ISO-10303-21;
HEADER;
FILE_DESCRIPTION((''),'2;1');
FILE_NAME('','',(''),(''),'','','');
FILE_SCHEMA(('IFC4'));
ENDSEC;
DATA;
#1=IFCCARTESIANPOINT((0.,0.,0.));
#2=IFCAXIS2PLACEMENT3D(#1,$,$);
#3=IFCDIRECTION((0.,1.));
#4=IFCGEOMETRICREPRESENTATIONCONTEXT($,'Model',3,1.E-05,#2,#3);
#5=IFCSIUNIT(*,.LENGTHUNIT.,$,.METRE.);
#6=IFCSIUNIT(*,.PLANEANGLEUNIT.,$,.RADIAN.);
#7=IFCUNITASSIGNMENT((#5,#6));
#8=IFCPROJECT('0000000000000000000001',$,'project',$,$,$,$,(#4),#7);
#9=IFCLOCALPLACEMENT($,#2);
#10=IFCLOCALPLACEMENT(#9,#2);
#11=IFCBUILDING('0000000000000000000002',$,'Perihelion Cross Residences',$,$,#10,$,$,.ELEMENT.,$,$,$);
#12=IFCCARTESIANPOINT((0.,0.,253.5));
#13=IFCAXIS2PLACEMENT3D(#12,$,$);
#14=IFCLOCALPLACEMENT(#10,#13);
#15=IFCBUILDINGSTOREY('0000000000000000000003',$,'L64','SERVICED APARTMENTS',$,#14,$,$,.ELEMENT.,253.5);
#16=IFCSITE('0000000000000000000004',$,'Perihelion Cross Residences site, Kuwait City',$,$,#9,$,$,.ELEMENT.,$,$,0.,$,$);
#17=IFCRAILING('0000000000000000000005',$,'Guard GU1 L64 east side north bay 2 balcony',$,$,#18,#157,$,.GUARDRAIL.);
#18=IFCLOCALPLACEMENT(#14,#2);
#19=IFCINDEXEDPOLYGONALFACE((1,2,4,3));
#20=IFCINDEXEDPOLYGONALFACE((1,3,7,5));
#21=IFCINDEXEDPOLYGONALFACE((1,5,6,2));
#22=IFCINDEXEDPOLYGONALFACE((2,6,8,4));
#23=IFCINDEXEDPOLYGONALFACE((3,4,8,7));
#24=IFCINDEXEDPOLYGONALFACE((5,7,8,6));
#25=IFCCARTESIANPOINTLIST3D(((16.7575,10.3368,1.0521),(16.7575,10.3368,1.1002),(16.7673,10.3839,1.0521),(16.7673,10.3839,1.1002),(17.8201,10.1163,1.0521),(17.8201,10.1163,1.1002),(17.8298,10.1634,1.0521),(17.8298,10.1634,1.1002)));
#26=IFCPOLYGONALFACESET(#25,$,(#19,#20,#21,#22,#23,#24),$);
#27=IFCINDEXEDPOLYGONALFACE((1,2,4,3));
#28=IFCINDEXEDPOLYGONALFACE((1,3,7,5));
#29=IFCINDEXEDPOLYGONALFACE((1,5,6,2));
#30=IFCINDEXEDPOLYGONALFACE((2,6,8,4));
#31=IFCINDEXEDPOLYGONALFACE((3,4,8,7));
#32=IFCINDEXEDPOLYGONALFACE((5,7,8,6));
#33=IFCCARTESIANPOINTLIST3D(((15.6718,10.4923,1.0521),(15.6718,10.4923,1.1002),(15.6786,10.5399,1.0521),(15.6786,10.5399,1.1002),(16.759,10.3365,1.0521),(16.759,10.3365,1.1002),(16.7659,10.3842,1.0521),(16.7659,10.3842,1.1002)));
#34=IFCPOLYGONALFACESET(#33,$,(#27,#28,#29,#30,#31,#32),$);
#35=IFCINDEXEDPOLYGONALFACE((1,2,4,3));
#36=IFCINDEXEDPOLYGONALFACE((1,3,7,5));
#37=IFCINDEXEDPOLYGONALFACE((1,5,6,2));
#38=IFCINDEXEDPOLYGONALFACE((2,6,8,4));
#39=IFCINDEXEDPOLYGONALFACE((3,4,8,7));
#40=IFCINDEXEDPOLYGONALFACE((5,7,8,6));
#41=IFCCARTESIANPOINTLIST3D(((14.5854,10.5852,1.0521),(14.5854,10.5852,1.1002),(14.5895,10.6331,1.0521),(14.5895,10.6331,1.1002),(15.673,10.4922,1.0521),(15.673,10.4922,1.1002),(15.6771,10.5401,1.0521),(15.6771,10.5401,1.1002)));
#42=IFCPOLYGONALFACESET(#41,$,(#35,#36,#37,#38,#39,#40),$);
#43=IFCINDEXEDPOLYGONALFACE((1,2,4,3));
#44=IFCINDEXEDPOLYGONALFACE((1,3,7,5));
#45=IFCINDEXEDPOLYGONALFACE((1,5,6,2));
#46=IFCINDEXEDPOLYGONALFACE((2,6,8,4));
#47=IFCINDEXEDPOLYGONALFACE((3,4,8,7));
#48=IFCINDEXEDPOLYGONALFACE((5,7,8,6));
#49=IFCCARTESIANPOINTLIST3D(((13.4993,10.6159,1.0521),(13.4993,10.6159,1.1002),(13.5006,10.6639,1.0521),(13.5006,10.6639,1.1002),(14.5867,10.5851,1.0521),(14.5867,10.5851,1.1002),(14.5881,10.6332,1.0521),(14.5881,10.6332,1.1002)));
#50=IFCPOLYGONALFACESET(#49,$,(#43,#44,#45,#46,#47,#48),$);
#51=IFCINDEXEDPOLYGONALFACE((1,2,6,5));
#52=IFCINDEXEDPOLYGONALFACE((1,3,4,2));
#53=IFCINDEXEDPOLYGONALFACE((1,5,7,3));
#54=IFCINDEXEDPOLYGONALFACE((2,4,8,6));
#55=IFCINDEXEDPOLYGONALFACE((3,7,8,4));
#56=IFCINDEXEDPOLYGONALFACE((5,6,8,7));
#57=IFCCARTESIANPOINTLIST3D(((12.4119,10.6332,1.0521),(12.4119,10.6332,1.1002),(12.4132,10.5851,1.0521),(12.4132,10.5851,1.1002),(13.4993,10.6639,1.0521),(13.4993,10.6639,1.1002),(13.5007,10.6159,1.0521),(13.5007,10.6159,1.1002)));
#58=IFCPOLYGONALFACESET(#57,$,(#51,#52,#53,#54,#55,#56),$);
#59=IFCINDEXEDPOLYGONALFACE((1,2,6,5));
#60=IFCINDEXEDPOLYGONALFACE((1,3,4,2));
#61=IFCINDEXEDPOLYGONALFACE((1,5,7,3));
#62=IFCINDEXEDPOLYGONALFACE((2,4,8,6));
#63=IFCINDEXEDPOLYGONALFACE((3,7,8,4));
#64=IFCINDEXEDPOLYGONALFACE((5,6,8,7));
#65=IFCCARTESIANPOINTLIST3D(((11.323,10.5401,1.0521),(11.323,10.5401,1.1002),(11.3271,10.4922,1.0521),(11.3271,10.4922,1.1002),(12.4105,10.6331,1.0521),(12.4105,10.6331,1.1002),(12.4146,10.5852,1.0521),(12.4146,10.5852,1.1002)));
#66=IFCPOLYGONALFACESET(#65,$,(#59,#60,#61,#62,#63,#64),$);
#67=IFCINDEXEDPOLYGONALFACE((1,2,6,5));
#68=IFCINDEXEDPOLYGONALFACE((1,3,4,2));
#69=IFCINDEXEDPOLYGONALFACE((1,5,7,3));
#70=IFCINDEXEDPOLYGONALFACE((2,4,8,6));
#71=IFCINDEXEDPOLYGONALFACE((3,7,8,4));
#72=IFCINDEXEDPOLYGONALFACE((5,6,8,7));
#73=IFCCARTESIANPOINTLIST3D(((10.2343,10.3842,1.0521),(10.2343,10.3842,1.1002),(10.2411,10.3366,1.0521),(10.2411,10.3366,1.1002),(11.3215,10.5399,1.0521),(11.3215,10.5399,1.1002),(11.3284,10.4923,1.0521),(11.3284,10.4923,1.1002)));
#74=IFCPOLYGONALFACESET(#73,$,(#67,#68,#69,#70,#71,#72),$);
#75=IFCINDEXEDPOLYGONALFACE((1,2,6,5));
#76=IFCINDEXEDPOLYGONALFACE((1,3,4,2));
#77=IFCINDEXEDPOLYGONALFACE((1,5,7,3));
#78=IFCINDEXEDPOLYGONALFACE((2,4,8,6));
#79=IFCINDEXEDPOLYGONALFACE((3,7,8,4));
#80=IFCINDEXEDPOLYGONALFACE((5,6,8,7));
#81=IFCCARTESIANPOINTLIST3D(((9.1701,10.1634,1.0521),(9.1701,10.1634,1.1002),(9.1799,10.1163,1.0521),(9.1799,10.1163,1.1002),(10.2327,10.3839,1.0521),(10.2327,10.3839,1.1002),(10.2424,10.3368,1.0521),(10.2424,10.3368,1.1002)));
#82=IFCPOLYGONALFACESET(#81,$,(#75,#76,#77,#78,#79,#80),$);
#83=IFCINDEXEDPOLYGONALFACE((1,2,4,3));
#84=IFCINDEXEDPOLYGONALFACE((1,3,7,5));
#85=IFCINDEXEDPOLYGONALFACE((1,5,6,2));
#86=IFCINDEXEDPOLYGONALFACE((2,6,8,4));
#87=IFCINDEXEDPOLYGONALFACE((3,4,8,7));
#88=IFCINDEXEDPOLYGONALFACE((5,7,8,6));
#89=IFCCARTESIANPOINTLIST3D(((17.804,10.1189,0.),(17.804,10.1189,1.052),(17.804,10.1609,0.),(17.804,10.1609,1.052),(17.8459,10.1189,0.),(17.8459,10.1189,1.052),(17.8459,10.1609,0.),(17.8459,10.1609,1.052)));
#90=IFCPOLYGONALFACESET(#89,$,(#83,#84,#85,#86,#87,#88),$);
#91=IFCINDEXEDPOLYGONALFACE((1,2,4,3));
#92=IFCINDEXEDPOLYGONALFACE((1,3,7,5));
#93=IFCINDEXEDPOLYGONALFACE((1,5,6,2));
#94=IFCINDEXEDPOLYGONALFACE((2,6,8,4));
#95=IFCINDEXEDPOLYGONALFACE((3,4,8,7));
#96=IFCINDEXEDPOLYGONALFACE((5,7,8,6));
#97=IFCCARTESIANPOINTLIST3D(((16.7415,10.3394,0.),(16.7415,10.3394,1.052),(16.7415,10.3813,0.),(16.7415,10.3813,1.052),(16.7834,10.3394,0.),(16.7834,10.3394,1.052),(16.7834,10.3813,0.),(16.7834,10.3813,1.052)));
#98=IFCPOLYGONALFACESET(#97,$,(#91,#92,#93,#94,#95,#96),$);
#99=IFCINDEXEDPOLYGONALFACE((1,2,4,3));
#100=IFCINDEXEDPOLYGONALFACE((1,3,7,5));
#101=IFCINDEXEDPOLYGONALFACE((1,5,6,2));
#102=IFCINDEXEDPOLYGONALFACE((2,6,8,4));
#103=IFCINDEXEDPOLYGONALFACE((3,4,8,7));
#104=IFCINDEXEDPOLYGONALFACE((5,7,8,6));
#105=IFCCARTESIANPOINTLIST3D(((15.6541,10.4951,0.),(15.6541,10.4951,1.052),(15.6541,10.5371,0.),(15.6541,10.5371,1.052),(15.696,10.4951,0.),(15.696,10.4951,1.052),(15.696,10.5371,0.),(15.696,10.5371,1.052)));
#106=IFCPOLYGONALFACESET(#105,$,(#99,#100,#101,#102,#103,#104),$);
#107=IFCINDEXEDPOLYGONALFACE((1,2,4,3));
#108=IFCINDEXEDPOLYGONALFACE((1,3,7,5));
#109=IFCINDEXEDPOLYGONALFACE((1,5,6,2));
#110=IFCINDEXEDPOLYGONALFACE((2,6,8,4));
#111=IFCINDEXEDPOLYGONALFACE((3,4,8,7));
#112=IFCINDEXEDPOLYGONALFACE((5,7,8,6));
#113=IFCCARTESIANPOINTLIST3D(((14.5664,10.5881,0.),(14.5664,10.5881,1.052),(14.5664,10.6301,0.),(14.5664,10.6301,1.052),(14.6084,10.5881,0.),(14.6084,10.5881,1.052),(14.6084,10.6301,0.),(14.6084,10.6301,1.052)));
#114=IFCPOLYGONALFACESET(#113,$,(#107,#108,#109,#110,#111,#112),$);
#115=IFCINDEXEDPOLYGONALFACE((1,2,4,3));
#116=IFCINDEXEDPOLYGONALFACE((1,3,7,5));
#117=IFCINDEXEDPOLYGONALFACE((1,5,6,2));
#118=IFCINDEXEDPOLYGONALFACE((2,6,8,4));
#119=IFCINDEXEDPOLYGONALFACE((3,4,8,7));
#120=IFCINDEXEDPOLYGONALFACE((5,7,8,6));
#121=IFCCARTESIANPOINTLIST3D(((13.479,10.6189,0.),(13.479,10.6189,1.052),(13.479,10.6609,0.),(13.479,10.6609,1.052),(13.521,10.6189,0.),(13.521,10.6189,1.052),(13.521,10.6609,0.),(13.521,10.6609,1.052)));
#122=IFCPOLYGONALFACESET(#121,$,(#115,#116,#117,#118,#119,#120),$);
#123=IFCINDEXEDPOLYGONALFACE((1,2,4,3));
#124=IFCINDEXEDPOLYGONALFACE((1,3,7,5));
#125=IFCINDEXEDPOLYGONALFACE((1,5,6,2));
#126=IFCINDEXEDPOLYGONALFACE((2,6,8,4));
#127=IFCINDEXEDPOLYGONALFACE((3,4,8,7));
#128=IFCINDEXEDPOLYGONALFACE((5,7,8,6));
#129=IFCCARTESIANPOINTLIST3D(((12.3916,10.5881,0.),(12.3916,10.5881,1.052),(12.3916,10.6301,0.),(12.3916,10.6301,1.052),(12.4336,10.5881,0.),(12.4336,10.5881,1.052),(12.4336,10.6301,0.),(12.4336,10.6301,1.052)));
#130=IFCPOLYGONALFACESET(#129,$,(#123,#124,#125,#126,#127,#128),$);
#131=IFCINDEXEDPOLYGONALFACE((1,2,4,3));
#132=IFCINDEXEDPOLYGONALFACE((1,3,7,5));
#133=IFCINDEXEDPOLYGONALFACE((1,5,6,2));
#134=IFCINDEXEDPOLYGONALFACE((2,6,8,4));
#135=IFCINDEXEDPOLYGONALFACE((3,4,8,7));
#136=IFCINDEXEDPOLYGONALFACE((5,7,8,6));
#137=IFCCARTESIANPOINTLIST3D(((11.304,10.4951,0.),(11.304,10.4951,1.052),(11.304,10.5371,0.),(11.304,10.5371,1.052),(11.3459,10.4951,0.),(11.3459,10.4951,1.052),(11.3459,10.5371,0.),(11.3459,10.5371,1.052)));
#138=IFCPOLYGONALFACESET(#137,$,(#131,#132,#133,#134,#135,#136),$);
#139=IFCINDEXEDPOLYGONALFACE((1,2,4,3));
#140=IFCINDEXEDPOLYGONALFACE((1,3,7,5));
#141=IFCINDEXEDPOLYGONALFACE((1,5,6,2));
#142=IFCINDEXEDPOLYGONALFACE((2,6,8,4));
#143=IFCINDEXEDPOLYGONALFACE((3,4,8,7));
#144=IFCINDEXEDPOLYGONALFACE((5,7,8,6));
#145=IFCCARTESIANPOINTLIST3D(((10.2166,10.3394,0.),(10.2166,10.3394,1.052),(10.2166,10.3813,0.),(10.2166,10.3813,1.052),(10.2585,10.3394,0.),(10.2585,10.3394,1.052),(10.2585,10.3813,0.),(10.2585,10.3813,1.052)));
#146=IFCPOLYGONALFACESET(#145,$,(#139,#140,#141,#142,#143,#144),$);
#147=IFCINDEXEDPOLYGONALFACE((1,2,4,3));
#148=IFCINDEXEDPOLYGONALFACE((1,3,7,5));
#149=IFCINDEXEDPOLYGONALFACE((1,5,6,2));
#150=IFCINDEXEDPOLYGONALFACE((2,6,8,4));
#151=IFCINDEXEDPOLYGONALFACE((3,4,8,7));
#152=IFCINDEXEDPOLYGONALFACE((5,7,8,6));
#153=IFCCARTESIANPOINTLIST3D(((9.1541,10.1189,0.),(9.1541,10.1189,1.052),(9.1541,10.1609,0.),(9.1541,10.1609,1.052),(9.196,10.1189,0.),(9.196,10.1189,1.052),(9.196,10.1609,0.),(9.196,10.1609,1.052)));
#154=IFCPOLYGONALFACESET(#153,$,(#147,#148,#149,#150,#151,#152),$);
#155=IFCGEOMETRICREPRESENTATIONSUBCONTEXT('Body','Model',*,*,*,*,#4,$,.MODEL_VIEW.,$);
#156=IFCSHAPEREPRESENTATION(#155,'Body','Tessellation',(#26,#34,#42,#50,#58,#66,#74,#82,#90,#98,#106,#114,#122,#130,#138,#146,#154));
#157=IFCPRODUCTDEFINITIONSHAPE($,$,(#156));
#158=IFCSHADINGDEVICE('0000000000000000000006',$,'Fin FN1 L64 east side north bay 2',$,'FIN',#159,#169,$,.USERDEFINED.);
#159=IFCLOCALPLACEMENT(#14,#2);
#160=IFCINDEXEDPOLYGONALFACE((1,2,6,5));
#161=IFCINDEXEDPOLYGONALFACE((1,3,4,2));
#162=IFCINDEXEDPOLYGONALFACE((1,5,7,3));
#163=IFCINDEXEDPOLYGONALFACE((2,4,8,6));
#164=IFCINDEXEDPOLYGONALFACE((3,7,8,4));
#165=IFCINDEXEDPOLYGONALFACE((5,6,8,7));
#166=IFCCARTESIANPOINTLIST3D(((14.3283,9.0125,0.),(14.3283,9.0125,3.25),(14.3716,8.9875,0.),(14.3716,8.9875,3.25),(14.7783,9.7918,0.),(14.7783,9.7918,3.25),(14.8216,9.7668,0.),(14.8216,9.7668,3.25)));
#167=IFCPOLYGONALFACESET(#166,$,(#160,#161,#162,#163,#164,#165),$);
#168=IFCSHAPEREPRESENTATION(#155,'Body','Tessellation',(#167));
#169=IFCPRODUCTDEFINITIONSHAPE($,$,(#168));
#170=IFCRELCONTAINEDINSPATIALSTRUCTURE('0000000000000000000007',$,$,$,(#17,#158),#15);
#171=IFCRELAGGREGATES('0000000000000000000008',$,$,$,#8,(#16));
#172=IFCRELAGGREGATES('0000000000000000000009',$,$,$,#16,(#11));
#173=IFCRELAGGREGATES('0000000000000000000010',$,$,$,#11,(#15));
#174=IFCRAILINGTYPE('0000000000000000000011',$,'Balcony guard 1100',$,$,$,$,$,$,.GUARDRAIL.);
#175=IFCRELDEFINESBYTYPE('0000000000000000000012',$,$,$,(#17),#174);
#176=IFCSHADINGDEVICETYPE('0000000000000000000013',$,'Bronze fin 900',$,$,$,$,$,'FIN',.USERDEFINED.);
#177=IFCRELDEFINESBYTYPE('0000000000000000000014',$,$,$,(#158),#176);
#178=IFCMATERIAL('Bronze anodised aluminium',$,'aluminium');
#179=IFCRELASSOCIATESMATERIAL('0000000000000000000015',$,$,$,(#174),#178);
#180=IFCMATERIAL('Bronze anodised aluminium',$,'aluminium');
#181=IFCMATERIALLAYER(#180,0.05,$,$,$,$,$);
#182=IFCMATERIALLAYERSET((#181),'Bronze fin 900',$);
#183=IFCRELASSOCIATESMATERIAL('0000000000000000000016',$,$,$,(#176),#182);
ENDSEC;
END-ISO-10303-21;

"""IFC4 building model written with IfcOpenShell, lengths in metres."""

from ifc_helpers import new_model, si_unit, direction, frame, origin, origin_2d, place, context, subcontext, project, spatial, rectangle, extrude, material, layer, layer_set, type_object, element, save


model = new_model("IFC4")

# Units and contexts
model_context = context("Model", 3, precision=1e-05, world=origin(), true_north=direction((0.0, 1.0)))
body_context = subcontext(model_context, "Body", "Model", "MODEL_VIEW")
ifc_project = project(units=[si_unit("LENGTHUNIT", "METRE"), si_unit("PLANEANGLEUNIT", "RADIAN")], contexts=[model_context])

# Site, building, storey
site_placement = place(None, origin())
site = spatial("IfcSite", under=ifc_project, at=site_placement, Name="Perihelion Cross Residences site, Kuwait City", CompositionType="ELEMENT", RefElevation=0.0)
building_placement = place(site_placement, origin())
building = spatial("IfcBuilding", under=site, at=building_placement, Name="Perihelion Cross Residences", CompositionType="ELEMENT")
storey_placement = place(building_placement, frame((0.0, 0.0, 253.5)))
storey = spatial("IfcBuildingStorey", under=building, at=storey_placement, Name="L64", Description="SERVICED APARTMENTS", CompositionType="ELEMENT", Elevation=253.5)

# Railing
ifc_material_1 = material(Name="Bronze anodised aluminium", Category="aluminium")
railing_type = type_object("IfcRailingType", Name="Balcony guard 1100", PredefinedType="GUARDRAIL", material=ifc_material_1)
railing_placement = place(storey_placement, frame((17.825, 10.1399, 0.0)))
element("IfcRailing", 1, at=railing_placement, inside=storey, type_object=railing_type, Name="Guard GU1 L64 east side north bay 2 balcony", PredefinedType="GUARDRAIL", context=body_context, shape_type="SweptSolid", body=[
    extrude(rectangle(XDim=0.0481, YDim=0.0481, at=origin_2d()), frame((0.0, 0.0, 1.0762), z_axis=(-0.979145, 0.203164, 0.0), x_axis=(-0.203164, -0.979145, 0.0)), (0.0, 0.0, 1.0), 1.0852),
    extrude(rectangle(XDim=0.0481, YDim=0.0481, at=origin_2d()), frame((-1.0625, 0.2205, 1.0762), z_axis=(-0.989896, 0.141795, 0.0), x_axis=(-0.141795, -0.989896, 0.0)), (0.0, 0.0, 1.0), 1.0984),
    extrude(rectangle(XDim=0.0481, YDim=0.0481, at=origin_2d()), frame((-2.1499, 0.3762, 1.0762), z_axis=(-0.996363, 0.085211, 0.0), x_axis=(-0.085211, -0.996363, 0.0)), (0.0, 0.0, 1.0), 1.0916),
    extrude(rectangle(XDim=0.0481, YDim=0.0481, at=origin_2d()), frame((-3.2375, 0.4692, 1.0762), z_axis=(-0.9996, 0.028278, 0.0), x_axis=(-0.028278, -0.9996, 0.0)), (0.0, 0.0, 1.0), 1.0879),
    extrude(rectangle(XDim=0.0481, YDim=0.0481, at=origin_2d()), frame((-4.325, 0.5, 1.0762), z_axis=(-0.9996, -0.028278, 0.0), x_axis=(0.028278, -0.9996, 0.0)), (0.0, 0.0, 1.0), 1.0879),
    extrude(rectangle(XDim=0.0481, YDim=0.0481, at=origin_2d()), frame((-5.4124, 0.4692, 1.0762), z_axis=(-0.996363, -0.085211, 0.0), x_axis=(0.085211, -0.996363, 0.0)), (0.0, 0.0, 1.0), 1.0916),
    extrude(rectangle(XDim=0.0481, YDim=0.0481, at=origin_2d()), frame((-6.5, 0.3762, 1.0762), z_axis=(-0.989896, -0.141795, 0.0), x_axis=(0.141795, -0.989896, 0.0)), (0.0, 0.0, 1.0), 1.0984),
    extrude(rectangle(XDim=0.0481, YDim=0.0481, at=origin_2d()), frame((-7.5874, 0.2205, 1.0762), z_axis=(-0.979145, -0.203164, 0.0), x_axis=(0.203164, -0.979145, 0.0)), (0.0, 0.0, 1.0), 1.0852),
    extrude(rectangle(XDim=0.042, YDim=0.042, at=origin_2d()), origin(), (0.0, 0.0, 1.0), 1.052),
    extrude(rectangle(XDim=0.042, YDim=0.042, at=origin_2d()), frame((-1.0625, 0.2205, 0.0)), (0.0, 0.0, 1.0), 1.052),
    extrude(rectangle(XDim=0.042, YDim=0.042, at=origin_2d()), frame((-2.1499, 0.3762, 0.0)), (0.0, 0.0, 1.0), 1.052),
    extrude(rectangle(XDim=0.042, YDim=0.042, at=origin_2d()), frame((-3.2375, 0.4692, 0.0)), (0.0, 0.0, 1.0), 1.052),
    extrude(rectangle(XDim=0.042, YDim=0.042, at=origin_2d()), frame((-4.325, 0.5, 0.0)), (0.0, 0.0, 1.0), 1.052),
    extrude(rectangle(XDim=0.042, YDim=0.042, at=origin_2d()), frame((-5.4124, 0.4692, 0.0)), (0.0, 0.0, 1.0), 1.052),
    extrude(rectangle(XDim=0.042, YDim=0.042, at=origin_2d()), frame((-6.5, 0.3762, 0.0)), (0.0, 0.0, 1.0), 1.052),
    extrude(rectangle(XDim=0.042, YDim=0.042, at=origin_2d()), frame((-7.5874, 0.2205, 0.0)), (0.0, 0.0, 1.0), 1.052),
    extrude(rectangle(XDim=0.042, YDim=0.042, at=origin_2d()), frame((-8.6499, 0.0, 0.0)), (0.0, 0.0, 1.0), 1.052),
])

# Shading device
ifc_material_2 = material(Name="Bronze anodised aluminium", Category="aluminium")
ifc_layer_1 = layer(ifc_material_2, 0.05)
ifc_layer_set_1 = layer_set([ifc_layer_1], Name="Bronze fin 900")
shading_device_type = type_object("IfcShadingDeviceType", Name="Bronze fin 900", ElementType="FIN", PredefinedType="USERDEFINED", material=ifc_layer_set_1)
shading_device_placement = place(storey_placement, frame((14.575, 9.3896, 0.0), z_axis=(0.0, 0.0, 1.0), x_axis=(0.5, 0.866025, 0.0)))
element("IfcShadingDevice", 2, at=shading_device_placement, inside=storey, type_object=shading_device_type, Name="Fin FN1 L64 east side north bay 2", ObjectType="FIN", PredefinedType="USERDEFINED", context=body_context, shape_type="SweptSolid", body=[
    extrude(rectangle(XDim=0.8999, YDim=0.05, at=origin_2d()), origin(), (0.0, 0.0, 1.0), 3.25),
])

save(model, "model.ifc")
